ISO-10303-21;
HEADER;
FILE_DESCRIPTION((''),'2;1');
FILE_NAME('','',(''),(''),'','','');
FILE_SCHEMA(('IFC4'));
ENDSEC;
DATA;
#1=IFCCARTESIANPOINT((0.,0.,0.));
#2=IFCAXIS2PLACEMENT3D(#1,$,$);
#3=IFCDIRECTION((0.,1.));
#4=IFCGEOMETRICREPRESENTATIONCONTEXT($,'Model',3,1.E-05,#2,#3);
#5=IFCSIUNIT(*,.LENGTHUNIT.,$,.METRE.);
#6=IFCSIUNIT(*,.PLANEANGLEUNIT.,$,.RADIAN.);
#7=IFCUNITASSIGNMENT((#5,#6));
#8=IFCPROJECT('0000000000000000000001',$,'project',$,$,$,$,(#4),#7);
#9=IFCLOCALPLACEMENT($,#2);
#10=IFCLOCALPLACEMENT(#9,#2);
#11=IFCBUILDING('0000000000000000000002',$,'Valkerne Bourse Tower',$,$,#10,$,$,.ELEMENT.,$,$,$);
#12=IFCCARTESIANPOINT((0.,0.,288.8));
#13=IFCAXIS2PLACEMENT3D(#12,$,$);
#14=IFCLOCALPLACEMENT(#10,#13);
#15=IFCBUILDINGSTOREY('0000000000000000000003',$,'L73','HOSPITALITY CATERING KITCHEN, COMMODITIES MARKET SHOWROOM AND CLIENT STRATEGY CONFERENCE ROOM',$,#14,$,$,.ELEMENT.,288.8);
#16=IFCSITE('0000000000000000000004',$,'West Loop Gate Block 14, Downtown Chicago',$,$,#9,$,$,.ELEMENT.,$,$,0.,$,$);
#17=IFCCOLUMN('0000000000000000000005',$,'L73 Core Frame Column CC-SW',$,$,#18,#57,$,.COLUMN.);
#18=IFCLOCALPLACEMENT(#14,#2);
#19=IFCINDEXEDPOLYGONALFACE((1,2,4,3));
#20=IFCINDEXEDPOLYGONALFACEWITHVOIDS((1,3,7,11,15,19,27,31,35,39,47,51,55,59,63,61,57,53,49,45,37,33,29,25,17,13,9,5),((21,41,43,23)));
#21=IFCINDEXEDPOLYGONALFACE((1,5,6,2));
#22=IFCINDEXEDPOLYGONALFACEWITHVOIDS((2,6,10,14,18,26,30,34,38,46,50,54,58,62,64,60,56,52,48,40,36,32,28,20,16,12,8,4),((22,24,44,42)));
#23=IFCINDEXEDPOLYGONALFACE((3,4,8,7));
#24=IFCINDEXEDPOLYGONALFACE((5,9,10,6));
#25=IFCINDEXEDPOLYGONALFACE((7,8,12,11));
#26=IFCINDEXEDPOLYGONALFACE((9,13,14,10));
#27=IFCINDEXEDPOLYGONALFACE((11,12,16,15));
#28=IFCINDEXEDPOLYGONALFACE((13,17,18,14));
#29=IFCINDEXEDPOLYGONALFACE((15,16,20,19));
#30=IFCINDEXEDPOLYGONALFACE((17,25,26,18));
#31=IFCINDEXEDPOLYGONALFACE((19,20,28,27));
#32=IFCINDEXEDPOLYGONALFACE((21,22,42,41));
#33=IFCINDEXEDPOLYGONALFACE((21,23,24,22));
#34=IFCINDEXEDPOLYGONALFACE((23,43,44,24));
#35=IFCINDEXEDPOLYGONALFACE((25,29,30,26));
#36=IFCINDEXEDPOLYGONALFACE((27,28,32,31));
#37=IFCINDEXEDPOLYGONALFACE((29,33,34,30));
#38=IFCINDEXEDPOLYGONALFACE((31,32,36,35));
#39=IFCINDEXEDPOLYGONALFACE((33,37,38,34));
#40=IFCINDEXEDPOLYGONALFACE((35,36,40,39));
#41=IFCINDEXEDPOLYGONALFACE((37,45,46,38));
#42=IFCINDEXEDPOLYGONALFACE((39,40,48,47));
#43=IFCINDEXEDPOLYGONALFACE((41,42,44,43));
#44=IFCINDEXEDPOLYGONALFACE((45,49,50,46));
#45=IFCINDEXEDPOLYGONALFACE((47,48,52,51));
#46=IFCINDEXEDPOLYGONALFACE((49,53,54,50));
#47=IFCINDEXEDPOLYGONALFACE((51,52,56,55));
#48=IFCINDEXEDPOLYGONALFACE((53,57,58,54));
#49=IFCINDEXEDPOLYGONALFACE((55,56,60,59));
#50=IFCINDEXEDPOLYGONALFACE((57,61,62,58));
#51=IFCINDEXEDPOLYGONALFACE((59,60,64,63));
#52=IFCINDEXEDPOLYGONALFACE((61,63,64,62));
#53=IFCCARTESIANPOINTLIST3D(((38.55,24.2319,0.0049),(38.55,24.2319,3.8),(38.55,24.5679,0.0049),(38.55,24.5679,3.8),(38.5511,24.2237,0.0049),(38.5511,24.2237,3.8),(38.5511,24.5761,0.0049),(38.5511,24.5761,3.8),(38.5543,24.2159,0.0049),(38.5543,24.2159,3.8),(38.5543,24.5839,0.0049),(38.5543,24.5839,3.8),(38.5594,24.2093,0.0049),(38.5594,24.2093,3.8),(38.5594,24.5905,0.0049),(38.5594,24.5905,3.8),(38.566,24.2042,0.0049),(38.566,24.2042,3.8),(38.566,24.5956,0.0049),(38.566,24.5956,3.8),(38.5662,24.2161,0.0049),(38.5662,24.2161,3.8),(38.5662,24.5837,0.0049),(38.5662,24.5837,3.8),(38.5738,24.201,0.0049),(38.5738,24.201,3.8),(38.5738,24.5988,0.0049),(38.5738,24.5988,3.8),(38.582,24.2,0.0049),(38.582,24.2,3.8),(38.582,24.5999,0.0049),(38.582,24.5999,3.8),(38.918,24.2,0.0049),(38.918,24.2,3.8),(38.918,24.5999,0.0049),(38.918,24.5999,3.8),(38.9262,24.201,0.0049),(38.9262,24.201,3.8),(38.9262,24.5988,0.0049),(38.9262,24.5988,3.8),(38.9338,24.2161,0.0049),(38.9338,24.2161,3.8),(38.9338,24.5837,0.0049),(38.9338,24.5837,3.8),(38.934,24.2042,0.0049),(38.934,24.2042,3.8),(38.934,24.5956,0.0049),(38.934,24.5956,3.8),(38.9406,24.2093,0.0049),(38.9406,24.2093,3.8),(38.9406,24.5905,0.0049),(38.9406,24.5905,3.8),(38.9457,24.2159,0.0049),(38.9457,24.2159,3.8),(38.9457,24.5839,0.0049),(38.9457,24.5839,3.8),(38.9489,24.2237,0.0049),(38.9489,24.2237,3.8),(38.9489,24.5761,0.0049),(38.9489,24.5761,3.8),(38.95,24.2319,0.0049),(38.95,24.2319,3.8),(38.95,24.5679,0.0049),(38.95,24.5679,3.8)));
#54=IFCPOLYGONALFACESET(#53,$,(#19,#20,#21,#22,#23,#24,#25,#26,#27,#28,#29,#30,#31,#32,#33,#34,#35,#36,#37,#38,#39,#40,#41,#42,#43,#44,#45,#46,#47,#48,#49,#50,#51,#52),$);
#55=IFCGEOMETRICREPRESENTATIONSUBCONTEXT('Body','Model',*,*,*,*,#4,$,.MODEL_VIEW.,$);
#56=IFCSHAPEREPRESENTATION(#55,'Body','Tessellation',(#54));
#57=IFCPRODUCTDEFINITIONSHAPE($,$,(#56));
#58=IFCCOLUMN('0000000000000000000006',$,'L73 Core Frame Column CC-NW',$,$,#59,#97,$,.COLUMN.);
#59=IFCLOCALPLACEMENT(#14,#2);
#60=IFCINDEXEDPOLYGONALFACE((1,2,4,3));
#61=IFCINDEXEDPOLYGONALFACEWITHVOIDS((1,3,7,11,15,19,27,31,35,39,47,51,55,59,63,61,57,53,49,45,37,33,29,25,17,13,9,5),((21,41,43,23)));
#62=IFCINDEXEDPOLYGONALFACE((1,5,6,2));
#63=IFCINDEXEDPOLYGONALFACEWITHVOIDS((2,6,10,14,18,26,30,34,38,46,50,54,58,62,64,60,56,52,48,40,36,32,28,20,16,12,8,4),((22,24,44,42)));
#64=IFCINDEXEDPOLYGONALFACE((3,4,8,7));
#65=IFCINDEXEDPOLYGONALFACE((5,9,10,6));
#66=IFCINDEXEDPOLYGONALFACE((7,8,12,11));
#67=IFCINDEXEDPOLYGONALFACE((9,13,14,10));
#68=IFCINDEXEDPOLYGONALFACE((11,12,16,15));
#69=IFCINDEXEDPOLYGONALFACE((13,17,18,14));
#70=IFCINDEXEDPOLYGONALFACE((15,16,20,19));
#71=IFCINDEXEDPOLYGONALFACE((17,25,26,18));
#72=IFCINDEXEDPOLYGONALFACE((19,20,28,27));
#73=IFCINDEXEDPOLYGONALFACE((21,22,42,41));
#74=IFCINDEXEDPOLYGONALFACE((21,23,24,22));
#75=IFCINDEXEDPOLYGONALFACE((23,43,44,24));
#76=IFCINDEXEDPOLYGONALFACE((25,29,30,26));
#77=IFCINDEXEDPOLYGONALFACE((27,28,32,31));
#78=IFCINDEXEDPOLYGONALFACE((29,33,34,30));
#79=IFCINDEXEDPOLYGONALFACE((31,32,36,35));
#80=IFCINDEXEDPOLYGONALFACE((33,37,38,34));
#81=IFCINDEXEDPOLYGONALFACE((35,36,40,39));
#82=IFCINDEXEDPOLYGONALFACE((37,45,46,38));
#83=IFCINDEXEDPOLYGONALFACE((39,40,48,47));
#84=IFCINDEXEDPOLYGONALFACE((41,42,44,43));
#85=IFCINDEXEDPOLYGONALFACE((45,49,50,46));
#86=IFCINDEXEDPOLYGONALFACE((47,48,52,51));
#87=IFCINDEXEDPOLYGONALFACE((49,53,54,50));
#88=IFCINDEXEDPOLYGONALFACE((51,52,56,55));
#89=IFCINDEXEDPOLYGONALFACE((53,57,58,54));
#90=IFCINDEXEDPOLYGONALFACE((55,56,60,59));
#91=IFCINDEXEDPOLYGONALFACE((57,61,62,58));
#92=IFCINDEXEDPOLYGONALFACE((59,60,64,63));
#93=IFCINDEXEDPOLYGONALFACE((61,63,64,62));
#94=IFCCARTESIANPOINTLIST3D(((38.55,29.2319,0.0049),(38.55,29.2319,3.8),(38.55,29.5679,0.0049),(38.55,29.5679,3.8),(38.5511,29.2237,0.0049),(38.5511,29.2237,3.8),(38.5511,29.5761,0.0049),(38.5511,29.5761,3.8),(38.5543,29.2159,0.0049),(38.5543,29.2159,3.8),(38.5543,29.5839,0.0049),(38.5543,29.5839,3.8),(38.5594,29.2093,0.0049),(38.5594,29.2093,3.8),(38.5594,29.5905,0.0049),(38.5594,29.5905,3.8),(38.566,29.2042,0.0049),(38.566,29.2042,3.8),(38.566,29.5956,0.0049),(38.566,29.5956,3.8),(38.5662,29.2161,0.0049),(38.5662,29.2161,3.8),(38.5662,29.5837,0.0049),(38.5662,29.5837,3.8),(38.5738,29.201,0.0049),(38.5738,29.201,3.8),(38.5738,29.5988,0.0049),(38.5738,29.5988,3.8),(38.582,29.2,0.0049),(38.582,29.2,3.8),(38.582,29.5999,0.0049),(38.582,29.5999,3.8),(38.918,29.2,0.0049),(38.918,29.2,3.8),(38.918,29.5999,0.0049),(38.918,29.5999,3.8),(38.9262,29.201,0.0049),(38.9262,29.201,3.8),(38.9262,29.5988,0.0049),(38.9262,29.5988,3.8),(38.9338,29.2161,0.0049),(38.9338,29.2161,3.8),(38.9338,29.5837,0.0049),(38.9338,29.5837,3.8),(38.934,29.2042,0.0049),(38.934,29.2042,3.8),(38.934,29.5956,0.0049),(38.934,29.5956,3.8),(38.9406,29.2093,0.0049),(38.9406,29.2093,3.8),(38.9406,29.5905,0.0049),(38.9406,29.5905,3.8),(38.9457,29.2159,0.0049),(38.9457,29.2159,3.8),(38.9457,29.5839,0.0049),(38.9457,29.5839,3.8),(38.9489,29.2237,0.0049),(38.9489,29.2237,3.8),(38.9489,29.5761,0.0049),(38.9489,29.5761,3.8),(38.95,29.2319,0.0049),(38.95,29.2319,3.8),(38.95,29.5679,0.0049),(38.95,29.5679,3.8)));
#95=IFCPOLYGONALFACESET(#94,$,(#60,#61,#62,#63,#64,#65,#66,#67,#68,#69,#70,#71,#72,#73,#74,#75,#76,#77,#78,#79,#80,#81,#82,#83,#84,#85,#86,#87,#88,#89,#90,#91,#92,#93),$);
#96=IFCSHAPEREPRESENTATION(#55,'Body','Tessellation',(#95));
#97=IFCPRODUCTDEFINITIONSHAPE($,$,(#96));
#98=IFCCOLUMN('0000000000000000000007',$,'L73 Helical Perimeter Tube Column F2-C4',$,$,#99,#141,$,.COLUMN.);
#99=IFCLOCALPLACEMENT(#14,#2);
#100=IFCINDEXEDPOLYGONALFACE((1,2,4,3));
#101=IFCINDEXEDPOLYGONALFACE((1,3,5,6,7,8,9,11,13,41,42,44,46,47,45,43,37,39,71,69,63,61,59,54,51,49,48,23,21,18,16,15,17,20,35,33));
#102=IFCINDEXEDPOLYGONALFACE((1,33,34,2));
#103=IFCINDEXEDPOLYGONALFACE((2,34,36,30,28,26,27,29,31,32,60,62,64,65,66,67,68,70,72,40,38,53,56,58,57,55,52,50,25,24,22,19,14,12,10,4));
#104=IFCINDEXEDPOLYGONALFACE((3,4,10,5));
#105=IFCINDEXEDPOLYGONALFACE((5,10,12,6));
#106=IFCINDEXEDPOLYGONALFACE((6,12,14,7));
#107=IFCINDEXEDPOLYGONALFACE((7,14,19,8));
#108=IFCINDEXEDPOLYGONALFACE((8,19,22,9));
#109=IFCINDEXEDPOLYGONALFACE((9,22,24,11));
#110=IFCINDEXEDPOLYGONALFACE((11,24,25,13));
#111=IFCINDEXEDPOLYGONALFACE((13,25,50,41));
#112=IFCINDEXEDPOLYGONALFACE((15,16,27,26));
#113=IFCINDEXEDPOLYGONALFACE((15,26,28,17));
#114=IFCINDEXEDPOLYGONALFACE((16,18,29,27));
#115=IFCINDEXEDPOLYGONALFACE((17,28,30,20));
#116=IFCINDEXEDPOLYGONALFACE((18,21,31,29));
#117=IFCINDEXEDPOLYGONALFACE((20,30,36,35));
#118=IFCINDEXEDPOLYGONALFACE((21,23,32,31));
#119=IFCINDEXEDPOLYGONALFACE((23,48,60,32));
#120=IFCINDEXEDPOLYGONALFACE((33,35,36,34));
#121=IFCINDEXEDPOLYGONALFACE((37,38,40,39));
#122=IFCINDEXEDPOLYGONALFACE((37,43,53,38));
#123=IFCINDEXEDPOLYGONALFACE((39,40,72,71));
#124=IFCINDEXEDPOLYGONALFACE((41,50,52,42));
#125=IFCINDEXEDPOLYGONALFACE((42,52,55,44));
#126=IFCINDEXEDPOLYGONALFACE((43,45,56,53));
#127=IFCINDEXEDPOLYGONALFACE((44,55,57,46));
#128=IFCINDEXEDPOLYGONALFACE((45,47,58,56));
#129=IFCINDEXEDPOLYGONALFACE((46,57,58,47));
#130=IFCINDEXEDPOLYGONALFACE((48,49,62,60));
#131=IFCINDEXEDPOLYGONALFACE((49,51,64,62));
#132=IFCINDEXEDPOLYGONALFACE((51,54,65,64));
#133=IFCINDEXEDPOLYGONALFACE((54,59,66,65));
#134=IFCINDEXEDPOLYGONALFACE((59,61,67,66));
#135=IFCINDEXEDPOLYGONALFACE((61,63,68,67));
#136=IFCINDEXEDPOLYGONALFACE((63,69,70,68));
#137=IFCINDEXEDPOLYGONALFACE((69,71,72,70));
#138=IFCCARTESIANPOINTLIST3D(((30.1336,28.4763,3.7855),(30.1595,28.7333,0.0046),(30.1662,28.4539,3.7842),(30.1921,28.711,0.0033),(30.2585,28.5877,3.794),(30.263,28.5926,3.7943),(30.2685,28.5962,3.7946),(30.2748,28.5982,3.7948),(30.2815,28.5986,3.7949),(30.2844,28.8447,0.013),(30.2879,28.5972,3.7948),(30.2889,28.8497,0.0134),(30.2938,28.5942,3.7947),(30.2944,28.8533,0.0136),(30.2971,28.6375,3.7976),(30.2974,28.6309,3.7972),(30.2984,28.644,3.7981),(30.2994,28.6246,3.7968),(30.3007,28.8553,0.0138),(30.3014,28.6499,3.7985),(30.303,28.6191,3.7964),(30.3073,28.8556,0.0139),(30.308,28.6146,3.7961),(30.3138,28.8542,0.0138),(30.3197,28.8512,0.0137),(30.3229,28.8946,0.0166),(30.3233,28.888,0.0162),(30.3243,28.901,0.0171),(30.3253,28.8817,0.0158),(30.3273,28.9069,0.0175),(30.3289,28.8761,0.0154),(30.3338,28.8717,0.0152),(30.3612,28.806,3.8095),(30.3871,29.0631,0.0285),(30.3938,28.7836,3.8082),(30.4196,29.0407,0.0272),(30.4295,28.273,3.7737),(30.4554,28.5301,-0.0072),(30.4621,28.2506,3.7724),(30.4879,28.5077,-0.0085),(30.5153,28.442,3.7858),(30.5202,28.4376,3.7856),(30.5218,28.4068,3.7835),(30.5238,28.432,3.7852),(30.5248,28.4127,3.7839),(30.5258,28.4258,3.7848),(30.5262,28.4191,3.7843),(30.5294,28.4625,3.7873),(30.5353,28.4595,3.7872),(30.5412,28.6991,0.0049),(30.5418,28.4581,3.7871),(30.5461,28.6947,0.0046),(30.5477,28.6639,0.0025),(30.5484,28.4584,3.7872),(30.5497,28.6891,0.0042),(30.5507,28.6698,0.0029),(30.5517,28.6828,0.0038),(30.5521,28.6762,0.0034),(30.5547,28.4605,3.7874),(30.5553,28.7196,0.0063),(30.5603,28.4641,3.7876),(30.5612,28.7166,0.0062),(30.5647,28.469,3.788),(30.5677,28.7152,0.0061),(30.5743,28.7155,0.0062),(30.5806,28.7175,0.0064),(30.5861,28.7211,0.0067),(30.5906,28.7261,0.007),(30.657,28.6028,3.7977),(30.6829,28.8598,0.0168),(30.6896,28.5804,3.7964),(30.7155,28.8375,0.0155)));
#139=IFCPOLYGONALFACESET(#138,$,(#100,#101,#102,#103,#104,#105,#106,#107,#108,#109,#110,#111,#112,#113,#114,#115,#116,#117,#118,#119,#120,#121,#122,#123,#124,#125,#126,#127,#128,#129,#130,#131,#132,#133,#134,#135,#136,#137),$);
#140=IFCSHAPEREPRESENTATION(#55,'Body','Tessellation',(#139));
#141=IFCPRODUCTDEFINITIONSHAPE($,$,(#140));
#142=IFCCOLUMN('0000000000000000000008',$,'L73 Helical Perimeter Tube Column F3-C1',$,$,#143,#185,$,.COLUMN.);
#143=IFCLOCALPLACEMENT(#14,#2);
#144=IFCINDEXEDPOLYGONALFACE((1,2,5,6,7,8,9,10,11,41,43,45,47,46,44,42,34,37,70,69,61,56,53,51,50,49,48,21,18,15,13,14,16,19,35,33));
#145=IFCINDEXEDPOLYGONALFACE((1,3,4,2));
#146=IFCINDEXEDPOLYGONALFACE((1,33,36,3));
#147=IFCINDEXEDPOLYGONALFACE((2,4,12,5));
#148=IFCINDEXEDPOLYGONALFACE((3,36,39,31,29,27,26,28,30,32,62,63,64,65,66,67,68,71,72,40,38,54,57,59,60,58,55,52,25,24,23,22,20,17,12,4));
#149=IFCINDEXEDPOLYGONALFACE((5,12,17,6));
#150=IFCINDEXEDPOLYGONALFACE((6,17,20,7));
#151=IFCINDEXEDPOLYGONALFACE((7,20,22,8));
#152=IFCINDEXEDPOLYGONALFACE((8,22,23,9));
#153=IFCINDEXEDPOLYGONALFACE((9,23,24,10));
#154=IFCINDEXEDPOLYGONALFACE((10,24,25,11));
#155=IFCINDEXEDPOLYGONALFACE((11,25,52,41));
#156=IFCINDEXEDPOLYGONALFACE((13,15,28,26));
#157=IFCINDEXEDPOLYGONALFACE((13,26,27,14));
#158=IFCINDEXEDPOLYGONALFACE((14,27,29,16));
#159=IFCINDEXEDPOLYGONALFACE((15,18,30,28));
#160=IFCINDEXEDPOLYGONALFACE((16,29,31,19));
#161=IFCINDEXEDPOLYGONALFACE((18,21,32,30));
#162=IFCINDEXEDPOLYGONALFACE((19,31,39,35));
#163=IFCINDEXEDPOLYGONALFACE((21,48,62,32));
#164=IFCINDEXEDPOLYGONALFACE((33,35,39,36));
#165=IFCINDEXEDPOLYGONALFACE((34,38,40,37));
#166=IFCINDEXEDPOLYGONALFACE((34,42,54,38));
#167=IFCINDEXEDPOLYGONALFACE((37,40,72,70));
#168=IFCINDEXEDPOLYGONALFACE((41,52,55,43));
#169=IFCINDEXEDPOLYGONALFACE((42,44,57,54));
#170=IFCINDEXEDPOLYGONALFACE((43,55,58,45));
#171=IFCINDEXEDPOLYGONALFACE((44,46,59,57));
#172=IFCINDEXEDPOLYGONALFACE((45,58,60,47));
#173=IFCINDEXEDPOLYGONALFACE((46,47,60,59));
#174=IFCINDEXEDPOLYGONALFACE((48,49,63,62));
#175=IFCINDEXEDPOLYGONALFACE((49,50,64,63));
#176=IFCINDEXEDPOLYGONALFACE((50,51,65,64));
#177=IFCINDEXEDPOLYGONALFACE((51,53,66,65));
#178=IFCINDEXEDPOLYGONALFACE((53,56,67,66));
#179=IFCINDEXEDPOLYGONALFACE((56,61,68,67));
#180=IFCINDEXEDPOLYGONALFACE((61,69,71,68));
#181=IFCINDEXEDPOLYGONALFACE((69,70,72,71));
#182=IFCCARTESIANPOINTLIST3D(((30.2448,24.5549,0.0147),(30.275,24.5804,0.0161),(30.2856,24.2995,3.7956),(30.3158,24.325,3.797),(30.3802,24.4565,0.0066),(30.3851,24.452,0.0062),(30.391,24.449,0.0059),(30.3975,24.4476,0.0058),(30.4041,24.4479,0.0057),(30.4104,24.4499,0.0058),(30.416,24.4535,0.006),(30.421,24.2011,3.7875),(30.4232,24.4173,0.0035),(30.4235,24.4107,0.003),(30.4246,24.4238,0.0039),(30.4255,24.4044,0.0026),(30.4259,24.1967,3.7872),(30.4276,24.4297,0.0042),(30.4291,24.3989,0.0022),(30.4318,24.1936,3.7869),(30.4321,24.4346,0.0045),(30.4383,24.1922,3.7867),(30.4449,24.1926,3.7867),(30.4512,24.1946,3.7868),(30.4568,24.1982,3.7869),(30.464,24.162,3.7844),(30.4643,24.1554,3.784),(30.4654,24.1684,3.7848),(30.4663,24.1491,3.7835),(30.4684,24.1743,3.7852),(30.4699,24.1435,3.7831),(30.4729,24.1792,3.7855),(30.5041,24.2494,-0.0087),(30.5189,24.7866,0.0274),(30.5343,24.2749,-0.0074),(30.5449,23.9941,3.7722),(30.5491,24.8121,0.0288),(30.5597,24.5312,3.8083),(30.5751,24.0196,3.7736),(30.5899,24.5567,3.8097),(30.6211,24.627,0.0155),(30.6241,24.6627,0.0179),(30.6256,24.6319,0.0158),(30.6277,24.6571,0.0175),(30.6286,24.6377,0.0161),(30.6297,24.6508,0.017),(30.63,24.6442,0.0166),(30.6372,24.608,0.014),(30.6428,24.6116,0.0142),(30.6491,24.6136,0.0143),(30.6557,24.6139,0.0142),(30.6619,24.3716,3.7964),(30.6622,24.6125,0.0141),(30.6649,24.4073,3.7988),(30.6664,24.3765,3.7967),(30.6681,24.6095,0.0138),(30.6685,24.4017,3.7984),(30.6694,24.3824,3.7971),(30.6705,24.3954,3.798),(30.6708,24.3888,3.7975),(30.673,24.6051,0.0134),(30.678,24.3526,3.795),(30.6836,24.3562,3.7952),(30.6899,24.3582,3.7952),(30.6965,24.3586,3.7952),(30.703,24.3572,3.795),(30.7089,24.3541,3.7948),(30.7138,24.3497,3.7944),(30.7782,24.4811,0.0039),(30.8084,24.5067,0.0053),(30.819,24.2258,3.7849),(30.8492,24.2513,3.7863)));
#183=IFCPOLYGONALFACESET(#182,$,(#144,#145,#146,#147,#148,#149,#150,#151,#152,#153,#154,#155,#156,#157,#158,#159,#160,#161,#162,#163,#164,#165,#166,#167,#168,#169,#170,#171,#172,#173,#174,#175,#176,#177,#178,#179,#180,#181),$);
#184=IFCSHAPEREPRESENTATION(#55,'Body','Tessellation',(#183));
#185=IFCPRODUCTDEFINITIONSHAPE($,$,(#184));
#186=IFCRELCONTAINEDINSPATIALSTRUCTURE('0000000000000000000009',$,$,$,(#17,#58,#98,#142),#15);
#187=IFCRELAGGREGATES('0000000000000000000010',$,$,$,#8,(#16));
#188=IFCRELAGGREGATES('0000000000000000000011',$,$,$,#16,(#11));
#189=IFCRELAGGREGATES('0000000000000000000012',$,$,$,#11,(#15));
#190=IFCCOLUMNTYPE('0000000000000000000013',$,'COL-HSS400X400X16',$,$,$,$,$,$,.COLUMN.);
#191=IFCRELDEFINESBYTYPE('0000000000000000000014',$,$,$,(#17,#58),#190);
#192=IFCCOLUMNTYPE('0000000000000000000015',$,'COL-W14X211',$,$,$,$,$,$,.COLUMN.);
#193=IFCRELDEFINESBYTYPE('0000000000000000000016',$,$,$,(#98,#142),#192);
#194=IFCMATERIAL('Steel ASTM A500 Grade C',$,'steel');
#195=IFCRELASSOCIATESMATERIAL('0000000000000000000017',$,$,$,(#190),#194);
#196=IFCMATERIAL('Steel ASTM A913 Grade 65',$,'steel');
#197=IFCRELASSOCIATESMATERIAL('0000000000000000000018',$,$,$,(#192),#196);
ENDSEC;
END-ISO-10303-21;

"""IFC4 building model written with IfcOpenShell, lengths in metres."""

from ifc_helpers import new_model, si_unit, direction, frame, origin, origin_2d, place, context, subcontext, project, spatial, hollow_rectangle, i_section, extrude, material, material_profile, profile_set, type_object, element, save


model = new_model("IFC4")

# Units and contexts
model_context = context("Model", 3, precision=1e-05, world=origin(), true_north=direction((0.0, 1.0)))
body_context = subcontext(model_context, "Body", "Model", "MODEL_VIEW")
ifc_project = project(units=[si_unit("LENGTHUNIT", "METRE"), si_unit("PLANEANGLEUNIT", "RADIAN")], contexts=[model_context])

# Site, building, storey
site_placement = place(None, origin())
site = spatial("IfcSite", under=ifc_project, at=site_placement, Name="West Loop Gate Block 14, Downtown Chicago", CompositionType="ELEMENT", RefElevation=0.0)
building_placement = place(site_placement, origin())
building = spatial("IfcBuilding", under=site, at=building_placement, Name="Valkerne Bourse Tower", CompositionType="ELEMENT")
storey_placement = place(building_placement, frame((0.0, 0.0, 288.8)))
storey = spatial("IfcBuildingStorey", under=building, at=storey_placement, Name="L73", Description="HOSPITALITY CATERING KITCHEN, COMMODITIES MARKET SHOWROOM AND CLIENT STRATEGY CONFERENCE ROOM", CompositionType="ELEMENT", Elevation=288.8)

# Columns
ifc_material_1 = material(Name="Steel ASTM A500 Grade C", Category="steel")
ifc_material_profile_1 = material_profile(ifc_material_1, hollow_rectangle(XDim=0.3999, YDim=0.3999, WallThickness=0.0161, OuterFilletRadius=0.032, at=origin_2d()), Name="HSS400X400X16")
ifc_profile_set_1 = profile_set([ifc_material_profile_1], Name="Steel ASTM A500 Grade C")
column_type_1 = type_object("IfcColumnType", Name="COL-HSS400X400X16", PredefinedType="COLUMN", material=ifc_profile_set_1)
for number, where, z_axis, x_axis, name in (
    (1, (38.75, 24.3999, 0.0049), (0.0, 0.0, 1.0), (1.0, 0.0, 0.0), "L73 Core Frame Column CC-SW"),
    (2, (38.75, 29.3999, 0.0049), (0.0, 0.0, 1.0), (1.0, 0.0, 0.0), "L73 Core Frame Column CC-NW"),
):
    element("IfcColumn", number, at=place(storey_placement, frame(where, z_axis=z_axis, x_axis=x_axis)), inside=storey, type_object=column_type_1, Name=name, PredefinedType="COLUMN", context=body_context, shape_type="SweptSolid", body=[
        extrude(hollow_rectangle(XDim=0.3999, YDim=0.3999, WallThickness=0.0161, OuterFilletRadius=0.032, at=origin_2d()), origin(), (0.0, 0.0, 1.0), 3.7952),
    ])
ifc_material_2 = material(Name="Steel ASTM A913 Grade 65", Category="steel")
ifc_material_profile_2 = material_profile(ifc_material_2, i_section(OverallWidth=0.4014, OverallDepth=0.3987, WebThickness=0.0249, FlangeThickness=0.0396, FilletRadius=0.0254, at=origin_2d()), Name="W14X211")
ifc_profile_set_2 = profile_set([ifc_material_profile_2], Name="Steel ASTM A913 Grade 65")
column_type_2 = type_object("IfcColumnType", Name="COL-W14X211", PredefinedType="COLUMN", material=ifc_profile_set_2)
for number, where, z_axis, x_axis, name in (
    (3, (30.4375, 28.7854, 0.01), (-0.006829, -0.067834, 0.997673), (-0.566897, -0.82162, -0.059744), "L73 Helical Perimeter Tube Column F2-C4"),
    (4, (30.5266, 24.5308, 0.01), (0.010758, -0.067383, 0.997669), (0.64609, -0.761026, -0.058367), "L73 Helical Perimeter Tube Column F3-C1"),
):
    element("IfcColumn", number, at=place(storey_placement, frame(where, z_axis=z_axis, x_axis=x_axis)), inside=storey, type_object=column_type_2, Name=name, PredefinedType="COLUMN", context=body_context, shape_type="SweptSolid", body=[
        extrude(i_section(OverallWidth=0.4014, OverallDepth=0.3987, WebThickness=0.0249, FlangeThickness=0.0396, FilletRadius=0.0254, at=origin_2d()), origin(), (0.0, 0.0, 1.0), 3.7898),
    ])

save(model, "model.ifc")
